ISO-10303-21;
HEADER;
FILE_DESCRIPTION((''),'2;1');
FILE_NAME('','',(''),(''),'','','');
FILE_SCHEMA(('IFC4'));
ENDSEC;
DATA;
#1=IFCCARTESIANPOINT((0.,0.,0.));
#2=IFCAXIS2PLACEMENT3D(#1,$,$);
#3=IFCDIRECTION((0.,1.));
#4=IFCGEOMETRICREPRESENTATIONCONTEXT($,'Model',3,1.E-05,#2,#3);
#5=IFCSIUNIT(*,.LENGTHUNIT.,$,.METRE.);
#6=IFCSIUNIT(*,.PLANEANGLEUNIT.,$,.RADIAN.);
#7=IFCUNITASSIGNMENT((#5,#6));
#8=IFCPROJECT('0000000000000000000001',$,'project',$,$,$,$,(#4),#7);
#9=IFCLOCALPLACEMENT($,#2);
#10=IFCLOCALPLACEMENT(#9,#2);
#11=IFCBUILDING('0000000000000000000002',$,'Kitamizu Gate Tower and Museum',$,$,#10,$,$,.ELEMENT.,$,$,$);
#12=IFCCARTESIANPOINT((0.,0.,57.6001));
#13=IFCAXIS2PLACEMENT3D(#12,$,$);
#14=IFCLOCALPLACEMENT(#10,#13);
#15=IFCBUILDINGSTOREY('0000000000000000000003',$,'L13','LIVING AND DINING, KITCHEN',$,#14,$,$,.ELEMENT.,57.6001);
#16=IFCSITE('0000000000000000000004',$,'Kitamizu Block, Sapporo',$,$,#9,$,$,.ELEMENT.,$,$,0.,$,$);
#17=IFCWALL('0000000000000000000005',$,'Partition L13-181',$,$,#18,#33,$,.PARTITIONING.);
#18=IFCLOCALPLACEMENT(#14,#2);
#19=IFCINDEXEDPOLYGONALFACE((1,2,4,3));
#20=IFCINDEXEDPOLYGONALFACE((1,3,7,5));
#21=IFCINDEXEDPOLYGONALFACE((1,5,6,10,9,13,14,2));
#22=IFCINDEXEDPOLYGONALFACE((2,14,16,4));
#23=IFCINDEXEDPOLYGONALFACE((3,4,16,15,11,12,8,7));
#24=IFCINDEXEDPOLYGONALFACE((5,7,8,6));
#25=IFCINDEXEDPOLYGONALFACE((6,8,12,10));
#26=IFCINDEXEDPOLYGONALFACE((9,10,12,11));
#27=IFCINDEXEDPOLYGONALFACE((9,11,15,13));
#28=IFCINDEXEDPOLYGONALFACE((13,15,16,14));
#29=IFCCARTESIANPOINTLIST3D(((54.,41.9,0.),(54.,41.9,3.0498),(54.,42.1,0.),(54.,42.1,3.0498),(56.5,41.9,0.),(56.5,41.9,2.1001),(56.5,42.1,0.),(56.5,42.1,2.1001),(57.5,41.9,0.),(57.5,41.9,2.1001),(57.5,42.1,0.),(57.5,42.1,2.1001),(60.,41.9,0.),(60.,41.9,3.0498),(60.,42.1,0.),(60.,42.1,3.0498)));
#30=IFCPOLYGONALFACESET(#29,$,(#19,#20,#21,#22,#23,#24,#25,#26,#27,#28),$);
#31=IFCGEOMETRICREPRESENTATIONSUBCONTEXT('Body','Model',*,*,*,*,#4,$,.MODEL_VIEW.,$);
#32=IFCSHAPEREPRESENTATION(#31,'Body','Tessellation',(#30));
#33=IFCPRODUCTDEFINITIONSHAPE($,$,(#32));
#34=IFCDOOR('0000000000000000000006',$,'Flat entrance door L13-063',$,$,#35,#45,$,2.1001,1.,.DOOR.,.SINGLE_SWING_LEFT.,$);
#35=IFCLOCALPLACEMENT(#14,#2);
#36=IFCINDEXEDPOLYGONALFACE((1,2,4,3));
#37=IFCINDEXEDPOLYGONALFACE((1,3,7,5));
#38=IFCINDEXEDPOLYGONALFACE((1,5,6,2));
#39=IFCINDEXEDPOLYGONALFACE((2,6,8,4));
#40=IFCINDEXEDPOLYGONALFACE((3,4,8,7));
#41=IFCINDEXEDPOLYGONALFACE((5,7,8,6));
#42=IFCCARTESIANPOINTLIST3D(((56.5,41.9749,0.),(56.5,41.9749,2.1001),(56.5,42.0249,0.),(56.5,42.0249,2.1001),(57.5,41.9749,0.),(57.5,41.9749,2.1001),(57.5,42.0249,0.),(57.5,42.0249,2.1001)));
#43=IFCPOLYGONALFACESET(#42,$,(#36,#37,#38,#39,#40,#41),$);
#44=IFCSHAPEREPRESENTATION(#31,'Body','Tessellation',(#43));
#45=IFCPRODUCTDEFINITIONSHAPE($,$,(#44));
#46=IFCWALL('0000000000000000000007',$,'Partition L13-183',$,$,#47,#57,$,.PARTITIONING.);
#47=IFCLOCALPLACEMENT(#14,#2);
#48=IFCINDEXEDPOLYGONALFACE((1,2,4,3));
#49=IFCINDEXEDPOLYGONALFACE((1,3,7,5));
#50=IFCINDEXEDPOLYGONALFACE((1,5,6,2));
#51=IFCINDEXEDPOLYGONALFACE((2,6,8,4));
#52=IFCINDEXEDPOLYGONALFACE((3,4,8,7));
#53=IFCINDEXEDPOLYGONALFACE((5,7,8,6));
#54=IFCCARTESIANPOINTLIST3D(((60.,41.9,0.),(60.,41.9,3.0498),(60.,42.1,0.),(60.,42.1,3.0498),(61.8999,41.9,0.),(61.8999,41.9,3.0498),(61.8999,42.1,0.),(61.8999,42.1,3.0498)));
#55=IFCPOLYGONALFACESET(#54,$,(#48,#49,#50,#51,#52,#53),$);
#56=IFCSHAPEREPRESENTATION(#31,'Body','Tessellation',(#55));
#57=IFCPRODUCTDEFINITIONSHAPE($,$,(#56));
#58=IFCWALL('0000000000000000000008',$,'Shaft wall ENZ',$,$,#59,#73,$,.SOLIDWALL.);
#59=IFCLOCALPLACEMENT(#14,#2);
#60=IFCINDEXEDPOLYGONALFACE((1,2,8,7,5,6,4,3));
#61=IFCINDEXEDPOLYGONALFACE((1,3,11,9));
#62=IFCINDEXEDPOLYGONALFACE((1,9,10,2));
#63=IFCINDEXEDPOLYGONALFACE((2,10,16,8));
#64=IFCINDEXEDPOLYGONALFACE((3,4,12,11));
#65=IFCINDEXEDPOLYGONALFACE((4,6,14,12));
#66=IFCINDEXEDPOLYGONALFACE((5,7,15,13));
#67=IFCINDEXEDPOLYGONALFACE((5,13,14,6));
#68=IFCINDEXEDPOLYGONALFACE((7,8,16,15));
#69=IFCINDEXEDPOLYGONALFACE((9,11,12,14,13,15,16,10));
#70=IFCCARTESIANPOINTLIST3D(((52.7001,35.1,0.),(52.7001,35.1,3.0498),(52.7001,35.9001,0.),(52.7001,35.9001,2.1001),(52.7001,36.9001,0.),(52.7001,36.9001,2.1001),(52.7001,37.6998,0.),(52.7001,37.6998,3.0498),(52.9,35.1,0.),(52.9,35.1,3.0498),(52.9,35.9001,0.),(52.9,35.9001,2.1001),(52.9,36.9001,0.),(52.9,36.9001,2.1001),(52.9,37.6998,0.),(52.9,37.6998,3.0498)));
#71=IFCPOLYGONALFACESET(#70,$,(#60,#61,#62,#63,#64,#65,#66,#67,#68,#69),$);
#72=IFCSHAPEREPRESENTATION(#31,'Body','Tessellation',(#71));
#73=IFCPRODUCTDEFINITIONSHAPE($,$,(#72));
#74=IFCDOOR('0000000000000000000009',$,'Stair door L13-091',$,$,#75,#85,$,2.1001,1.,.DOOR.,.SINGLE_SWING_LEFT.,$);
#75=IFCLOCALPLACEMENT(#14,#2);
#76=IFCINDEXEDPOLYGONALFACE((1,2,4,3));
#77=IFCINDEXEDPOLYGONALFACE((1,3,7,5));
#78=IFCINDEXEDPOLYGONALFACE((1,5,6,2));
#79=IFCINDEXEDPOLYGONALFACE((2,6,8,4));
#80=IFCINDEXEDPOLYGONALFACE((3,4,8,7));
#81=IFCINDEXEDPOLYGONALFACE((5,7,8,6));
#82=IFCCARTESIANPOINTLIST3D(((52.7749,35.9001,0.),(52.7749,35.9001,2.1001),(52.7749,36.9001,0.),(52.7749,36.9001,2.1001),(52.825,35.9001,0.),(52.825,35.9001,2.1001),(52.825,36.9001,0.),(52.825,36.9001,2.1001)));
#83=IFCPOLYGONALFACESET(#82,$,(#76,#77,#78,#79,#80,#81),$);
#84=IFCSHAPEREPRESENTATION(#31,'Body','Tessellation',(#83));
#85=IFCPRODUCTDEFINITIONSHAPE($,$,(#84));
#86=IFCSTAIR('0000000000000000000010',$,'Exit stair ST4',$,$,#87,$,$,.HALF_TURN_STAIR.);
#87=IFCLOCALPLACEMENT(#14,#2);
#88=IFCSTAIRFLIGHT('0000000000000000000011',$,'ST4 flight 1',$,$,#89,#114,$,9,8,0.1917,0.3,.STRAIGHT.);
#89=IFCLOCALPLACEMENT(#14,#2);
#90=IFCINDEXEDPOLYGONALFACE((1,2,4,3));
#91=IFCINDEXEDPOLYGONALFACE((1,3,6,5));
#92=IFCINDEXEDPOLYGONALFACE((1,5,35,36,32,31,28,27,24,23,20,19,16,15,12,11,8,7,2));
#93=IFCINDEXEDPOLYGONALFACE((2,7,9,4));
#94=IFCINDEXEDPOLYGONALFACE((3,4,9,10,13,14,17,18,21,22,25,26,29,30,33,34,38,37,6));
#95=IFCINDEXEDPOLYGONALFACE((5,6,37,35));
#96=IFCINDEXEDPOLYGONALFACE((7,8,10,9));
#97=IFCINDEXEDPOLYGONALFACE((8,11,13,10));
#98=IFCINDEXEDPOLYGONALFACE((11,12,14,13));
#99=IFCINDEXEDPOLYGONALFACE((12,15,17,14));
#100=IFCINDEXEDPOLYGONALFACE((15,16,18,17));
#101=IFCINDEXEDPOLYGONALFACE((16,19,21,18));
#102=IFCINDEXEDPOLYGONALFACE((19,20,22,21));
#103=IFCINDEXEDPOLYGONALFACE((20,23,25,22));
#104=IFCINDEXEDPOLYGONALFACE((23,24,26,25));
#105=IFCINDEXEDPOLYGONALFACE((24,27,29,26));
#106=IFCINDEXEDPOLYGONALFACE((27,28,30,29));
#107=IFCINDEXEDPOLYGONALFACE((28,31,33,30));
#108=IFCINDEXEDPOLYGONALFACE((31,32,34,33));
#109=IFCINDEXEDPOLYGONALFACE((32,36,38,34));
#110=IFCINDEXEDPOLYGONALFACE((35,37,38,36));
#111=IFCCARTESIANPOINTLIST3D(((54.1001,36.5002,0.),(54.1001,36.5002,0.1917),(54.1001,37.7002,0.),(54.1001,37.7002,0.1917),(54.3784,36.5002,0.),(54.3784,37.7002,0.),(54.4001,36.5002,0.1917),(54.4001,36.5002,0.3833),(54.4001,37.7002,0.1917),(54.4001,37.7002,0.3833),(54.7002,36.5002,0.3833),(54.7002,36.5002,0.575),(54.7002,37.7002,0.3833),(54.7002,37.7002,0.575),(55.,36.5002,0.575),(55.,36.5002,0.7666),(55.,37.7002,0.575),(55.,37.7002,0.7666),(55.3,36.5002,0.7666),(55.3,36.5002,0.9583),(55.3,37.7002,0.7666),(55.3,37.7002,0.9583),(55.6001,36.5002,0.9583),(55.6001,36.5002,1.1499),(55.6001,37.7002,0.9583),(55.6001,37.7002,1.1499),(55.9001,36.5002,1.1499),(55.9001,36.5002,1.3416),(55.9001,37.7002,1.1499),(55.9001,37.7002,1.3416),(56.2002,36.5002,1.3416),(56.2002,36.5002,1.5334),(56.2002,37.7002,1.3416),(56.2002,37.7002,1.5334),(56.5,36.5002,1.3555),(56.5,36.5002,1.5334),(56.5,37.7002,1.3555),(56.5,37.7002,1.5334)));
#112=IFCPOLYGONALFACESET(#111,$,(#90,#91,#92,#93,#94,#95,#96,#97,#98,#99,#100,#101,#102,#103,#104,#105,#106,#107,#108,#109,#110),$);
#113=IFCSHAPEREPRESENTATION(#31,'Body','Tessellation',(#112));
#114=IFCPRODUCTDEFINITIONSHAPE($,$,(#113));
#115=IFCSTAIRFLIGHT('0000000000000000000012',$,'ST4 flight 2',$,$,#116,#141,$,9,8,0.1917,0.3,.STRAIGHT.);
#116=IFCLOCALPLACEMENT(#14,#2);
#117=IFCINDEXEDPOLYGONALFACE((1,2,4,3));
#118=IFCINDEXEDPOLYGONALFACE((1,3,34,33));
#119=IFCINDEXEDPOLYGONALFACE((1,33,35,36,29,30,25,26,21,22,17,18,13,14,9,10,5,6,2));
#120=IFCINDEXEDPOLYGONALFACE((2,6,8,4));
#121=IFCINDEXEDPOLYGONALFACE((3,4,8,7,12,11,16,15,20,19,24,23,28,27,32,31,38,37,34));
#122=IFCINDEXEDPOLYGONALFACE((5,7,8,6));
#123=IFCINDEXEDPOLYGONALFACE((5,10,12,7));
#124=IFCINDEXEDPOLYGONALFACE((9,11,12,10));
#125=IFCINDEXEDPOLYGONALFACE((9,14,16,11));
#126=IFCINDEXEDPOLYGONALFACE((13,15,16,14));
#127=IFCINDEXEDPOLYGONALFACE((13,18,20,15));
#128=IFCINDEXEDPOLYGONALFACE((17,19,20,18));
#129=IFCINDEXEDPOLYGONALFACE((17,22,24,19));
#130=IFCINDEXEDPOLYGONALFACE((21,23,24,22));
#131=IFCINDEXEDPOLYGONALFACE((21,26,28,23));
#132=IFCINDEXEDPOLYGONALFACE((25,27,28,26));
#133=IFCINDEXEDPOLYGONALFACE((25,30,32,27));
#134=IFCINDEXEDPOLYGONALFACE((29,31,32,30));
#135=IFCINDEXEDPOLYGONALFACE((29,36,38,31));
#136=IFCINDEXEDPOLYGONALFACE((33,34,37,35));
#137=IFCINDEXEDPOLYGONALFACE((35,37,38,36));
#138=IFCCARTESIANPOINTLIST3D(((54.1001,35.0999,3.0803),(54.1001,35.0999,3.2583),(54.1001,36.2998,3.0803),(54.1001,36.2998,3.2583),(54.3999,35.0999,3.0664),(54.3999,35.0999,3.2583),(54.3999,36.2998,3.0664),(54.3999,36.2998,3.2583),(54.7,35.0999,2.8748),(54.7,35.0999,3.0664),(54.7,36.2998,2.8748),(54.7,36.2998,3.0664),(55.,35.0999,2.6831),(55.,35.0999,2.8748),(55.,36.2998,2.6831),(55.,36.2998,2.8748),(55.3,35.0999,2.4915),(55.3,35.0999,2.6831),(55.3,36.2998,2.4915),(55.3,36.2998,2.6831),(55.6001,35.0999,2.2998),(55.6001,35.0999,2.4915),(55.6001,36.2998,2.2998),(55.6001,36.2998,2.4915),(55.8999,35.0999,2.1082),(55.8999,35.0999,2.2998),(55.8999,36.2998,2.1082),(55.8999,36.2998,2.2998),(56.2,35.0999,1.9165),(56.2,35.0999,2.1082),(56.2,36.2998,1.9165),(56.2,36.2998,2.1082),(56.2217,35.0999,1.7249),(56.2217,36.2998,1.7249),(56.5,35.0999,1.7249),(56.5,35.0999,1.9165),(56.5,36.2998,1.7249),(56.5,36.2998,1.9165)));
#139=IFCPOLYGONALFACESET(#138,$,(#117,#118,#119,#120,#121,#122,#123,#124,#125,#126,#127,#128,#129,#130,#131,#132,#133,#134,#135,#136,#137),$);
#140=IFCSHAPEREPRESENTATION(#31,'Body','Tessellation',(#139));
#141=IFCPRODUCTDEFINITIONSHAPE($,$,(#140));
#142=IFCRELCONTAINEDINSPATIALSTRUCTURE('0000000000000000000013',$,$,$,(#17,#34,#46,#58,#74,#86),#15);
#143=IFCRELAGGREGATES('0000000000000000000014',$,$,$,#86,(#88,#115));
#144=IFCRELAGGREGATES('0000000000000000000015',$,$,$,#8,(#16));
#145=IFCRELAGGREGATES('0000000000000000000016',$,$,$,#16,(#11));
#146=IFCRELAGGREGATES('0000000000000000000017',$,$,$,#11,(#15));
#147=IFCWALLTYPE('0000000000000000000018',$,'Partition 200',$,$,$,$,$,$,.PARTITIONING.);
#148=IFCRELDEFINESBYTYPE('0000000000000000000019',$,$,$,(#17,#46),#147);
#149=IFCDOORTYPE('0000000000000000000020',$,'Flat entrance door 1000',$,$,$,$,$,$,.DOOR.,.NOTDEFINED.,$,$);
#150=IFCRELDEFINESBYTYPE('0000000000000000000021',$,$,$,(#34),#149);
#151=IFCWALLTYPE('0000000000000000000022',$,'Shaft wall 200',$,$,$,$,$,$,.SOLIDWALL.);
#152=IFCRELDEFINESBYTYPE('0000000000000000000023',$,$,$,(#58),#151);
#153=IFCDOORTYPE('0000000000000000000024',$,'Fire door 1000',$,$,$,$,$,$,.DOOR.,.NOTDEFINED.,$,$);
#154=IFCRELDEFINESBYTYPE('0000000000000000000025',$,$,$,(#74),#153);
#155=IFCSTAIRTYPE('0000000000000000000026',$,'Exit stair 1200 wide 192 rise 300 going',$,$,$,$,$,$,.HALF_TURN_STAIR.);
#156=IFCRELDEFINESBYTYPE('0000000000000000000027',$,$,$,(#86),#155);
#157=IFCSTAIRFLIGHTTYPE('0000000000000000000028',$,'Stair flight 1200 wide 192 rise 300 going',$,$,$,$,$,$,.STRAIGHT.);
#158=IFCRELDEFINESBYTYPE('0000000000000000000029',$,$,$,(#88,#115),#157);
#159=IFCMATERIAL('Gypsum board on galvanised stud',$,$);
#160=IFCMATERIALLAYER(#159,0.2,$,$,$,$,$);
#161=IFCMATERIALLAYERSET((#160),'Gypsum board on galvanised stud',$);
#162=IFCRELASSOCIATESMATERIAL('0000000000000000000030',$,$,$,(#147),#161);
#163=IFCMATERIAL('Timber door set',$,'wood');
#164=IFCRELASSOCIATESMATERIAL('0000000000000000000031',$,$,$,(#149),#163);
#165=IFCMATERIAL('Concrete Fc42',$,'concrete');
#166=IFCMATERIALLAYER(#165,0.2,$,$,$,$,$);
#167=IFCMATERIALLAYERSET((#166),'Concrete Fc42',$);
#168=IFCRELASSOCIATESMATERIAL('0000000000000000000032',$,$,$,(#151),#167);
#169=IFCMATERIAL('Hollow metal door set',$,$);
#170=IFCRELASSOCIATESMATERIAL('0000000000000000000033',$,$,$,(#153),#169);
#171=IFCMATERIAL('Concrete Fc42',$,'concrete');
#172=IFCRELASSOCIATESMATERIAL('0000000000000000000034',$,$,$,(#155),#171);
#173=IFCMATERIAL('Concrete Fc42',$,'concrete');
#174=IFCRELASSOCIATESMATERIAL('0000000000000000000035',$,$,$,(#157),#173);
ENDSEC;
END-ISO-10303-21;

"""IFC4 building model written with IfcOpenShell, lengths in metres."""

from ifc_helpers import new_model, si_unit, direction, frame, frame_2d, origin, place, context, subcontext, project, spatial, polyline, rectangle, outline, extrude, material, layer, layer_set, type_object, element, fill, aggregate, save


model = new_model("IFC4")

# Units and contexts
model_context = context("Model", 3, precision=1e-05, world=origin(), true_north=direction((0.0, 1.0)))
body_context = subcontext(model_context, "Body", "Model", "MODEL_VIEW")
ifc_project = project(units=[si_unit("LENGTHUNIT", "METRE"), si_unit("PLANEANGLEUNIT", "RADIAN")], contexts=[model_context])

# Site, building, storey
site_placement = place(None, origin())
site = spatial("IfcSite", under=ifc_project, at=site_placement, Name="Kitamizu Block, Sapporo", CompositionType="ELEMENT", RefElevation=0.0)
building_placement = place(site_placement, origin())
building = spatial("IfcBuilding", under=site, at=building_placement, Name="Kitamizu Gate Tower and Museum", CompositionType="ELEMENT")
storey_placement = place(building_placement, frame((0.0, 0.0, 57.6001)))
storey = spatial("IfcBuildingStorey", under=building, at=storey_placement, Name="L13", Description="LIVING AND DINING, KITCHEN", CompositionType="ELEMENT", Elevation=57.6001)

# Wall, opening, door
ifc_material_1 = material(Name="Gypsum board on galvanised stud")
ifc_layer_1 = layer(ifc_material_1, 0.2)
ifc_layer_set_1 = layer_set([ifc_layer_1], Name="Gypsum board on galvanised stud")
wall_type_1 = type_object("IfcWallType", Name="Partition 200", PredefinedType="PARTITIONING", material=ifc_layer_set_1)
wall_1_placement = place(storey_placement, frame((54.0, 42.0, 0.0), z_axis=(0.0, 0.0, 1.0), x_axis=(1.0, 0.0, 0.0)))
wall_1 = element("IfcWall", 1, at=wall_1_placement, inside=storey, type_object=wall_type_1, Name="Partition L13-181", PredefinedType="PARTITIONING", context=body_context, shape_type="SweptSolid", body=[
    extrude(rectangle(XDim=6.0, YDim=0.2, at=frame_2d((3.0, 0.0))), origin(), (0.0, 0.0, 1.0), 3.0498),
])
opening_1_placement = place(wall_1_placement, frame((2.5, 0.0, 0.0)))
opening_1 = element("IfcOpeningElement", 2, at=opening_1_placement, cuts=wall_1, PredefinedType="OPENING", context=body_context, shape_type="SweptSolid", body=[
    extrude(rectangle(XDim=1.0, YDim=2.1001, at=frame_2d((0.5, 1.05))), frame((0.0, 0.1099, 0.0), z_axis=(0.0, -1.0, 0.0), x_axis=(1.0, 0.0, 0.0)), (0.0, 0.0, 1.0), 0.22),
])
ifc_material_2 = material(Name="Timber door set", Category="wood")
door_type_1 = type_object("IfcDoorType", Name="Flat entrance door 1000", OperationType="NOTDEFINED", PredefinedType="DOOR", material=ifc_material_2)
door_1_placement = place(opening_1_placement, origin())
door_1 = element("IfcDoor", 3, at=door_1_placement, inside=storey, type_object=door_type_1, Name="Flat entrance door L13-063", OperationType="SINGLE_SWING_LEFT", OverallHeight=2.1001, OverallWidth=1.0, PredefinedType="DOOR", context=body_context, shape_type="SweptSolid", body=[
    extrude(rectangle(XDim=1.0, YDim=2.1001, at=frame_2d((0.5, 1.05))), frame((0.0, 0.0249, 0.0), z_axis=(0.0, -1.0, 0.0), x_axis=(1.0, 0.0, 0.0)), (0.0, 0.0, 1.0), 0.05),
])
fill(opening_1, door_1)

# Wall
wall_2_placement = place(storey_placement, frame((60.0, 42.0, 0.0), z_axis=(0.0, 0.0, 1.0), x_axis=(1.0, 0.0, 0.0)))
element("IfcWall", 4, at=wall_2_placement, inside=storey, type_object=wall_type_1, Name="Partition L13-183", PredefinedType="PARTITIONING", context=body_context, shape_type="SweptSolid", body=[
    extrude(rectangle(XDim=1.8999, YDim=0.2, at=frame_2d((0.95, 0.0))), origin(), (0.0, 0.0, 1.0), 3.0498),
])

# Wall, opening, door
ifc_material_3 = material(Name="Concrete Fc42", Category="concrete")
ifc_layer_2 = layer(ifc_material_3, 0.2)
ifc_layer_set_2 = layer_set([ifc_layer_2], Name="Concrete Fc42")
wall_type_2 = type_object("IfcWallType", Name="Shaft wall 200", PredefinedType="SOLIDWALL", material=ifc_layer_set_2)
wall_3_placement = place(storey_placement, frame((52.8, 35.1001, 0.0), z_axis=(0.0, 0.0, 1.0), x_axis=(0.0, 1.0, 0.0)))
wall_3 = element("IfcWall", 5, at=wall_3_placement, inside=storey, type_object=wall_type_2, Name="Shaft wall ENZ", PredefinedType="SOLIDWALL", context=body_context, shape_type="SweptSolid", body=[
    extrude(rectangle(XDim=2.5999, YDim=0.2, at=frame_2d((1.2998, 0.0))), origin(), (0.0, 0.0, 1.0), 3.0498),
])
opening_2_placement = place(wall_3_placement, frame((0.8, 0.0, 0.0)))
opening_2 = element("IfcOpeningElement", 6, at=opening_2_placement, cuts=wall_3, PredefinedType="OPENING", context=body_context, shape_type="SweptSolid", body=[
    extrude(rectangle(XDim=1.0, YDim=2.1001, at=frame_2d((0.5, 1.05))), frame((0.0, 0.1099, 0.0), z_axis=(0.0, -1.0, 0.0), x_axis=(1.0, 0.0, 0.0)), (0.0, 0.0, 1.0), 0.22),
])
ifc_material_4 = material(Name="Hollow metal door set")
door_type_2 = type_object("IfcDoorType", Name="Fire door 1000", OperationType="NOTDEFINED", PredefinedType="DOOR", material=ifc_material_4)
door_2_placement = place(opening_2_placement, frame((1.0, 0.0, 0.0), x_axis=(-1.0, 0.0, 0.0)))
door_2 = element("IfcDoor", 7, at=door_2_placement, inside=storey, type_object=door_type_2, Name="Stair door L13-091", OperationType="SINGLE_SWING_LEFT", OverallHeight=2.1001, OverallWidth=1.0, PredefinedType="DOOR", context=body_context, shape_type="SweptSolid", body=[
    extrude(rectangle(XDim=1.0, YDim=2.1001, at=frame_2d((0.5, 1.05))), frame((0.0, 0.0249, 0.0), z_axis=(0.0, -1.0, 0.0), x_axis=(1.0, 0.0, 0.0)), (0.0, 0.0, 1.0), 0.05),
])
fill(opening_2, door_2)

# Stair, stair flights
ifc_material_5 = material(Name="Concrete Fc42", Category="concrete")
stair_type = type_object("IfcStairType", Name="Exit stair 1200 wide 192 rise 300 going", PredefinedType="HALF_TURN_STAIR", material=ifc_material_5)
stair_placement = place(storey_placement, origin())
stair = element("IfcStair", 8, at=stair_placement, inside=storey, type_object=stair_type, Name="Exit stair ST4", PredefinedType="HALF_TURN_STAIR")
ifc_material_6 = material(Name="Concrete Fc42", Category="concrete")
stair_flight_type = type_object("IfcStairFlightType", Name="Stair flight 1200 wide 192 rise 300 going", PredefinedType="STRAIGHT", material=ifc_material_6)
stair_flight_1_placement = place(storey_placement, frame((54.1001, 37.1001, 0.0), z_axis=(0.0, 0.0, 1.0), x_axis=(1.0, 0.0, 0.0)))
stair_flight_1 = element("IfcStairFlight", 9, at=stair_flight_1_placement, type_object=stair_flight_type, Name="ST4 flight 1", NumberOfRisers=9, NumberOfTreads=8, PredefinedType="STRAIGHT", RiserHeight=0.1917, TreadLength=0.3, context=body_context, shape_type="SweptSolid", body=[
    extrude(outline(polyline([(0.0, 0.0), (0.0, 0.1917), (0.3, 0.1917), (0.3, 0.3833), (0.6001, 0.3833), (0.6001, 0.575), (0.8999, 0.575), (0.8999, 0.7666), (1.2, 0.7666), (1.2, 0.9583), (1.5, 0.9583), (1.5, 1.1499), (1.8, 1.1499), (1.8, 1.3416), (2.1001, 1.3416), (2.1001, 1.5334), (2.3999, 1.5334), (2.3999, 1.7251), (2.3999, 1.3555), (0.2783, 0.0), (0.0, 0.0)])), frame((0.0, 0.6001, 0.0), z_axis=(0.0, -1.0, 0.0), x_axis=(1.0, 0.0, 0.0)), (0.0, 0.0, 1.0), 1.2),
])
stair_flight_2_placement = place(storey_placement, frame((56.5, 35.7, 1.7249), z_axis=(0.0, 0.0, 1.0), x_axis=(-1.0, 0.0, 0.0)))
stair_flight_2 = element("IfcStairFlight", 10, at=stair_flight_2_placement, type_object=stair_flight_type, Name="ST4 flight 2", NumberOfRisers=9, NumberOfTreads=8, PredefinedType="STRAIGHT", RiserHeight=0.1917, TreadLength=0.3, context=body_context, shape_type="SweptSolid", body=[
    extrude(outline(polyline([(0.0, 0.0), (0.0, 0.1917), (0.3, 0.1917), (0.3, 0.3833), (0.6001, 0.3833), (0.6001, 0.575), (0.8999, 0.575), (0.8999, 0.7666), (1.2, 0.7666), (1.2, 0.9583), (1.5, 0.9583), (1.5, 1.1499), (1.8, 1.1499), (1.8, 1.3416), (2.1001, 1.3416), (2.1001, 1.5334), (2.3999, 1.5334), (2.3999, 1.7251), (2.3999, 1.3555), (0.2783, 0.0), (0.0, 0.0)])), frame((0.0, 0.6001, 0.0), z_axis=(0.0, -1.0, 0.0), x_axis=(1.0, 0.0, 0.0)), (0.0, 0.0, 1.0), 1.2),
])
aggregate(stair, [stair_flight_1, stair_flight_2])

save(model, "model.ifc")
